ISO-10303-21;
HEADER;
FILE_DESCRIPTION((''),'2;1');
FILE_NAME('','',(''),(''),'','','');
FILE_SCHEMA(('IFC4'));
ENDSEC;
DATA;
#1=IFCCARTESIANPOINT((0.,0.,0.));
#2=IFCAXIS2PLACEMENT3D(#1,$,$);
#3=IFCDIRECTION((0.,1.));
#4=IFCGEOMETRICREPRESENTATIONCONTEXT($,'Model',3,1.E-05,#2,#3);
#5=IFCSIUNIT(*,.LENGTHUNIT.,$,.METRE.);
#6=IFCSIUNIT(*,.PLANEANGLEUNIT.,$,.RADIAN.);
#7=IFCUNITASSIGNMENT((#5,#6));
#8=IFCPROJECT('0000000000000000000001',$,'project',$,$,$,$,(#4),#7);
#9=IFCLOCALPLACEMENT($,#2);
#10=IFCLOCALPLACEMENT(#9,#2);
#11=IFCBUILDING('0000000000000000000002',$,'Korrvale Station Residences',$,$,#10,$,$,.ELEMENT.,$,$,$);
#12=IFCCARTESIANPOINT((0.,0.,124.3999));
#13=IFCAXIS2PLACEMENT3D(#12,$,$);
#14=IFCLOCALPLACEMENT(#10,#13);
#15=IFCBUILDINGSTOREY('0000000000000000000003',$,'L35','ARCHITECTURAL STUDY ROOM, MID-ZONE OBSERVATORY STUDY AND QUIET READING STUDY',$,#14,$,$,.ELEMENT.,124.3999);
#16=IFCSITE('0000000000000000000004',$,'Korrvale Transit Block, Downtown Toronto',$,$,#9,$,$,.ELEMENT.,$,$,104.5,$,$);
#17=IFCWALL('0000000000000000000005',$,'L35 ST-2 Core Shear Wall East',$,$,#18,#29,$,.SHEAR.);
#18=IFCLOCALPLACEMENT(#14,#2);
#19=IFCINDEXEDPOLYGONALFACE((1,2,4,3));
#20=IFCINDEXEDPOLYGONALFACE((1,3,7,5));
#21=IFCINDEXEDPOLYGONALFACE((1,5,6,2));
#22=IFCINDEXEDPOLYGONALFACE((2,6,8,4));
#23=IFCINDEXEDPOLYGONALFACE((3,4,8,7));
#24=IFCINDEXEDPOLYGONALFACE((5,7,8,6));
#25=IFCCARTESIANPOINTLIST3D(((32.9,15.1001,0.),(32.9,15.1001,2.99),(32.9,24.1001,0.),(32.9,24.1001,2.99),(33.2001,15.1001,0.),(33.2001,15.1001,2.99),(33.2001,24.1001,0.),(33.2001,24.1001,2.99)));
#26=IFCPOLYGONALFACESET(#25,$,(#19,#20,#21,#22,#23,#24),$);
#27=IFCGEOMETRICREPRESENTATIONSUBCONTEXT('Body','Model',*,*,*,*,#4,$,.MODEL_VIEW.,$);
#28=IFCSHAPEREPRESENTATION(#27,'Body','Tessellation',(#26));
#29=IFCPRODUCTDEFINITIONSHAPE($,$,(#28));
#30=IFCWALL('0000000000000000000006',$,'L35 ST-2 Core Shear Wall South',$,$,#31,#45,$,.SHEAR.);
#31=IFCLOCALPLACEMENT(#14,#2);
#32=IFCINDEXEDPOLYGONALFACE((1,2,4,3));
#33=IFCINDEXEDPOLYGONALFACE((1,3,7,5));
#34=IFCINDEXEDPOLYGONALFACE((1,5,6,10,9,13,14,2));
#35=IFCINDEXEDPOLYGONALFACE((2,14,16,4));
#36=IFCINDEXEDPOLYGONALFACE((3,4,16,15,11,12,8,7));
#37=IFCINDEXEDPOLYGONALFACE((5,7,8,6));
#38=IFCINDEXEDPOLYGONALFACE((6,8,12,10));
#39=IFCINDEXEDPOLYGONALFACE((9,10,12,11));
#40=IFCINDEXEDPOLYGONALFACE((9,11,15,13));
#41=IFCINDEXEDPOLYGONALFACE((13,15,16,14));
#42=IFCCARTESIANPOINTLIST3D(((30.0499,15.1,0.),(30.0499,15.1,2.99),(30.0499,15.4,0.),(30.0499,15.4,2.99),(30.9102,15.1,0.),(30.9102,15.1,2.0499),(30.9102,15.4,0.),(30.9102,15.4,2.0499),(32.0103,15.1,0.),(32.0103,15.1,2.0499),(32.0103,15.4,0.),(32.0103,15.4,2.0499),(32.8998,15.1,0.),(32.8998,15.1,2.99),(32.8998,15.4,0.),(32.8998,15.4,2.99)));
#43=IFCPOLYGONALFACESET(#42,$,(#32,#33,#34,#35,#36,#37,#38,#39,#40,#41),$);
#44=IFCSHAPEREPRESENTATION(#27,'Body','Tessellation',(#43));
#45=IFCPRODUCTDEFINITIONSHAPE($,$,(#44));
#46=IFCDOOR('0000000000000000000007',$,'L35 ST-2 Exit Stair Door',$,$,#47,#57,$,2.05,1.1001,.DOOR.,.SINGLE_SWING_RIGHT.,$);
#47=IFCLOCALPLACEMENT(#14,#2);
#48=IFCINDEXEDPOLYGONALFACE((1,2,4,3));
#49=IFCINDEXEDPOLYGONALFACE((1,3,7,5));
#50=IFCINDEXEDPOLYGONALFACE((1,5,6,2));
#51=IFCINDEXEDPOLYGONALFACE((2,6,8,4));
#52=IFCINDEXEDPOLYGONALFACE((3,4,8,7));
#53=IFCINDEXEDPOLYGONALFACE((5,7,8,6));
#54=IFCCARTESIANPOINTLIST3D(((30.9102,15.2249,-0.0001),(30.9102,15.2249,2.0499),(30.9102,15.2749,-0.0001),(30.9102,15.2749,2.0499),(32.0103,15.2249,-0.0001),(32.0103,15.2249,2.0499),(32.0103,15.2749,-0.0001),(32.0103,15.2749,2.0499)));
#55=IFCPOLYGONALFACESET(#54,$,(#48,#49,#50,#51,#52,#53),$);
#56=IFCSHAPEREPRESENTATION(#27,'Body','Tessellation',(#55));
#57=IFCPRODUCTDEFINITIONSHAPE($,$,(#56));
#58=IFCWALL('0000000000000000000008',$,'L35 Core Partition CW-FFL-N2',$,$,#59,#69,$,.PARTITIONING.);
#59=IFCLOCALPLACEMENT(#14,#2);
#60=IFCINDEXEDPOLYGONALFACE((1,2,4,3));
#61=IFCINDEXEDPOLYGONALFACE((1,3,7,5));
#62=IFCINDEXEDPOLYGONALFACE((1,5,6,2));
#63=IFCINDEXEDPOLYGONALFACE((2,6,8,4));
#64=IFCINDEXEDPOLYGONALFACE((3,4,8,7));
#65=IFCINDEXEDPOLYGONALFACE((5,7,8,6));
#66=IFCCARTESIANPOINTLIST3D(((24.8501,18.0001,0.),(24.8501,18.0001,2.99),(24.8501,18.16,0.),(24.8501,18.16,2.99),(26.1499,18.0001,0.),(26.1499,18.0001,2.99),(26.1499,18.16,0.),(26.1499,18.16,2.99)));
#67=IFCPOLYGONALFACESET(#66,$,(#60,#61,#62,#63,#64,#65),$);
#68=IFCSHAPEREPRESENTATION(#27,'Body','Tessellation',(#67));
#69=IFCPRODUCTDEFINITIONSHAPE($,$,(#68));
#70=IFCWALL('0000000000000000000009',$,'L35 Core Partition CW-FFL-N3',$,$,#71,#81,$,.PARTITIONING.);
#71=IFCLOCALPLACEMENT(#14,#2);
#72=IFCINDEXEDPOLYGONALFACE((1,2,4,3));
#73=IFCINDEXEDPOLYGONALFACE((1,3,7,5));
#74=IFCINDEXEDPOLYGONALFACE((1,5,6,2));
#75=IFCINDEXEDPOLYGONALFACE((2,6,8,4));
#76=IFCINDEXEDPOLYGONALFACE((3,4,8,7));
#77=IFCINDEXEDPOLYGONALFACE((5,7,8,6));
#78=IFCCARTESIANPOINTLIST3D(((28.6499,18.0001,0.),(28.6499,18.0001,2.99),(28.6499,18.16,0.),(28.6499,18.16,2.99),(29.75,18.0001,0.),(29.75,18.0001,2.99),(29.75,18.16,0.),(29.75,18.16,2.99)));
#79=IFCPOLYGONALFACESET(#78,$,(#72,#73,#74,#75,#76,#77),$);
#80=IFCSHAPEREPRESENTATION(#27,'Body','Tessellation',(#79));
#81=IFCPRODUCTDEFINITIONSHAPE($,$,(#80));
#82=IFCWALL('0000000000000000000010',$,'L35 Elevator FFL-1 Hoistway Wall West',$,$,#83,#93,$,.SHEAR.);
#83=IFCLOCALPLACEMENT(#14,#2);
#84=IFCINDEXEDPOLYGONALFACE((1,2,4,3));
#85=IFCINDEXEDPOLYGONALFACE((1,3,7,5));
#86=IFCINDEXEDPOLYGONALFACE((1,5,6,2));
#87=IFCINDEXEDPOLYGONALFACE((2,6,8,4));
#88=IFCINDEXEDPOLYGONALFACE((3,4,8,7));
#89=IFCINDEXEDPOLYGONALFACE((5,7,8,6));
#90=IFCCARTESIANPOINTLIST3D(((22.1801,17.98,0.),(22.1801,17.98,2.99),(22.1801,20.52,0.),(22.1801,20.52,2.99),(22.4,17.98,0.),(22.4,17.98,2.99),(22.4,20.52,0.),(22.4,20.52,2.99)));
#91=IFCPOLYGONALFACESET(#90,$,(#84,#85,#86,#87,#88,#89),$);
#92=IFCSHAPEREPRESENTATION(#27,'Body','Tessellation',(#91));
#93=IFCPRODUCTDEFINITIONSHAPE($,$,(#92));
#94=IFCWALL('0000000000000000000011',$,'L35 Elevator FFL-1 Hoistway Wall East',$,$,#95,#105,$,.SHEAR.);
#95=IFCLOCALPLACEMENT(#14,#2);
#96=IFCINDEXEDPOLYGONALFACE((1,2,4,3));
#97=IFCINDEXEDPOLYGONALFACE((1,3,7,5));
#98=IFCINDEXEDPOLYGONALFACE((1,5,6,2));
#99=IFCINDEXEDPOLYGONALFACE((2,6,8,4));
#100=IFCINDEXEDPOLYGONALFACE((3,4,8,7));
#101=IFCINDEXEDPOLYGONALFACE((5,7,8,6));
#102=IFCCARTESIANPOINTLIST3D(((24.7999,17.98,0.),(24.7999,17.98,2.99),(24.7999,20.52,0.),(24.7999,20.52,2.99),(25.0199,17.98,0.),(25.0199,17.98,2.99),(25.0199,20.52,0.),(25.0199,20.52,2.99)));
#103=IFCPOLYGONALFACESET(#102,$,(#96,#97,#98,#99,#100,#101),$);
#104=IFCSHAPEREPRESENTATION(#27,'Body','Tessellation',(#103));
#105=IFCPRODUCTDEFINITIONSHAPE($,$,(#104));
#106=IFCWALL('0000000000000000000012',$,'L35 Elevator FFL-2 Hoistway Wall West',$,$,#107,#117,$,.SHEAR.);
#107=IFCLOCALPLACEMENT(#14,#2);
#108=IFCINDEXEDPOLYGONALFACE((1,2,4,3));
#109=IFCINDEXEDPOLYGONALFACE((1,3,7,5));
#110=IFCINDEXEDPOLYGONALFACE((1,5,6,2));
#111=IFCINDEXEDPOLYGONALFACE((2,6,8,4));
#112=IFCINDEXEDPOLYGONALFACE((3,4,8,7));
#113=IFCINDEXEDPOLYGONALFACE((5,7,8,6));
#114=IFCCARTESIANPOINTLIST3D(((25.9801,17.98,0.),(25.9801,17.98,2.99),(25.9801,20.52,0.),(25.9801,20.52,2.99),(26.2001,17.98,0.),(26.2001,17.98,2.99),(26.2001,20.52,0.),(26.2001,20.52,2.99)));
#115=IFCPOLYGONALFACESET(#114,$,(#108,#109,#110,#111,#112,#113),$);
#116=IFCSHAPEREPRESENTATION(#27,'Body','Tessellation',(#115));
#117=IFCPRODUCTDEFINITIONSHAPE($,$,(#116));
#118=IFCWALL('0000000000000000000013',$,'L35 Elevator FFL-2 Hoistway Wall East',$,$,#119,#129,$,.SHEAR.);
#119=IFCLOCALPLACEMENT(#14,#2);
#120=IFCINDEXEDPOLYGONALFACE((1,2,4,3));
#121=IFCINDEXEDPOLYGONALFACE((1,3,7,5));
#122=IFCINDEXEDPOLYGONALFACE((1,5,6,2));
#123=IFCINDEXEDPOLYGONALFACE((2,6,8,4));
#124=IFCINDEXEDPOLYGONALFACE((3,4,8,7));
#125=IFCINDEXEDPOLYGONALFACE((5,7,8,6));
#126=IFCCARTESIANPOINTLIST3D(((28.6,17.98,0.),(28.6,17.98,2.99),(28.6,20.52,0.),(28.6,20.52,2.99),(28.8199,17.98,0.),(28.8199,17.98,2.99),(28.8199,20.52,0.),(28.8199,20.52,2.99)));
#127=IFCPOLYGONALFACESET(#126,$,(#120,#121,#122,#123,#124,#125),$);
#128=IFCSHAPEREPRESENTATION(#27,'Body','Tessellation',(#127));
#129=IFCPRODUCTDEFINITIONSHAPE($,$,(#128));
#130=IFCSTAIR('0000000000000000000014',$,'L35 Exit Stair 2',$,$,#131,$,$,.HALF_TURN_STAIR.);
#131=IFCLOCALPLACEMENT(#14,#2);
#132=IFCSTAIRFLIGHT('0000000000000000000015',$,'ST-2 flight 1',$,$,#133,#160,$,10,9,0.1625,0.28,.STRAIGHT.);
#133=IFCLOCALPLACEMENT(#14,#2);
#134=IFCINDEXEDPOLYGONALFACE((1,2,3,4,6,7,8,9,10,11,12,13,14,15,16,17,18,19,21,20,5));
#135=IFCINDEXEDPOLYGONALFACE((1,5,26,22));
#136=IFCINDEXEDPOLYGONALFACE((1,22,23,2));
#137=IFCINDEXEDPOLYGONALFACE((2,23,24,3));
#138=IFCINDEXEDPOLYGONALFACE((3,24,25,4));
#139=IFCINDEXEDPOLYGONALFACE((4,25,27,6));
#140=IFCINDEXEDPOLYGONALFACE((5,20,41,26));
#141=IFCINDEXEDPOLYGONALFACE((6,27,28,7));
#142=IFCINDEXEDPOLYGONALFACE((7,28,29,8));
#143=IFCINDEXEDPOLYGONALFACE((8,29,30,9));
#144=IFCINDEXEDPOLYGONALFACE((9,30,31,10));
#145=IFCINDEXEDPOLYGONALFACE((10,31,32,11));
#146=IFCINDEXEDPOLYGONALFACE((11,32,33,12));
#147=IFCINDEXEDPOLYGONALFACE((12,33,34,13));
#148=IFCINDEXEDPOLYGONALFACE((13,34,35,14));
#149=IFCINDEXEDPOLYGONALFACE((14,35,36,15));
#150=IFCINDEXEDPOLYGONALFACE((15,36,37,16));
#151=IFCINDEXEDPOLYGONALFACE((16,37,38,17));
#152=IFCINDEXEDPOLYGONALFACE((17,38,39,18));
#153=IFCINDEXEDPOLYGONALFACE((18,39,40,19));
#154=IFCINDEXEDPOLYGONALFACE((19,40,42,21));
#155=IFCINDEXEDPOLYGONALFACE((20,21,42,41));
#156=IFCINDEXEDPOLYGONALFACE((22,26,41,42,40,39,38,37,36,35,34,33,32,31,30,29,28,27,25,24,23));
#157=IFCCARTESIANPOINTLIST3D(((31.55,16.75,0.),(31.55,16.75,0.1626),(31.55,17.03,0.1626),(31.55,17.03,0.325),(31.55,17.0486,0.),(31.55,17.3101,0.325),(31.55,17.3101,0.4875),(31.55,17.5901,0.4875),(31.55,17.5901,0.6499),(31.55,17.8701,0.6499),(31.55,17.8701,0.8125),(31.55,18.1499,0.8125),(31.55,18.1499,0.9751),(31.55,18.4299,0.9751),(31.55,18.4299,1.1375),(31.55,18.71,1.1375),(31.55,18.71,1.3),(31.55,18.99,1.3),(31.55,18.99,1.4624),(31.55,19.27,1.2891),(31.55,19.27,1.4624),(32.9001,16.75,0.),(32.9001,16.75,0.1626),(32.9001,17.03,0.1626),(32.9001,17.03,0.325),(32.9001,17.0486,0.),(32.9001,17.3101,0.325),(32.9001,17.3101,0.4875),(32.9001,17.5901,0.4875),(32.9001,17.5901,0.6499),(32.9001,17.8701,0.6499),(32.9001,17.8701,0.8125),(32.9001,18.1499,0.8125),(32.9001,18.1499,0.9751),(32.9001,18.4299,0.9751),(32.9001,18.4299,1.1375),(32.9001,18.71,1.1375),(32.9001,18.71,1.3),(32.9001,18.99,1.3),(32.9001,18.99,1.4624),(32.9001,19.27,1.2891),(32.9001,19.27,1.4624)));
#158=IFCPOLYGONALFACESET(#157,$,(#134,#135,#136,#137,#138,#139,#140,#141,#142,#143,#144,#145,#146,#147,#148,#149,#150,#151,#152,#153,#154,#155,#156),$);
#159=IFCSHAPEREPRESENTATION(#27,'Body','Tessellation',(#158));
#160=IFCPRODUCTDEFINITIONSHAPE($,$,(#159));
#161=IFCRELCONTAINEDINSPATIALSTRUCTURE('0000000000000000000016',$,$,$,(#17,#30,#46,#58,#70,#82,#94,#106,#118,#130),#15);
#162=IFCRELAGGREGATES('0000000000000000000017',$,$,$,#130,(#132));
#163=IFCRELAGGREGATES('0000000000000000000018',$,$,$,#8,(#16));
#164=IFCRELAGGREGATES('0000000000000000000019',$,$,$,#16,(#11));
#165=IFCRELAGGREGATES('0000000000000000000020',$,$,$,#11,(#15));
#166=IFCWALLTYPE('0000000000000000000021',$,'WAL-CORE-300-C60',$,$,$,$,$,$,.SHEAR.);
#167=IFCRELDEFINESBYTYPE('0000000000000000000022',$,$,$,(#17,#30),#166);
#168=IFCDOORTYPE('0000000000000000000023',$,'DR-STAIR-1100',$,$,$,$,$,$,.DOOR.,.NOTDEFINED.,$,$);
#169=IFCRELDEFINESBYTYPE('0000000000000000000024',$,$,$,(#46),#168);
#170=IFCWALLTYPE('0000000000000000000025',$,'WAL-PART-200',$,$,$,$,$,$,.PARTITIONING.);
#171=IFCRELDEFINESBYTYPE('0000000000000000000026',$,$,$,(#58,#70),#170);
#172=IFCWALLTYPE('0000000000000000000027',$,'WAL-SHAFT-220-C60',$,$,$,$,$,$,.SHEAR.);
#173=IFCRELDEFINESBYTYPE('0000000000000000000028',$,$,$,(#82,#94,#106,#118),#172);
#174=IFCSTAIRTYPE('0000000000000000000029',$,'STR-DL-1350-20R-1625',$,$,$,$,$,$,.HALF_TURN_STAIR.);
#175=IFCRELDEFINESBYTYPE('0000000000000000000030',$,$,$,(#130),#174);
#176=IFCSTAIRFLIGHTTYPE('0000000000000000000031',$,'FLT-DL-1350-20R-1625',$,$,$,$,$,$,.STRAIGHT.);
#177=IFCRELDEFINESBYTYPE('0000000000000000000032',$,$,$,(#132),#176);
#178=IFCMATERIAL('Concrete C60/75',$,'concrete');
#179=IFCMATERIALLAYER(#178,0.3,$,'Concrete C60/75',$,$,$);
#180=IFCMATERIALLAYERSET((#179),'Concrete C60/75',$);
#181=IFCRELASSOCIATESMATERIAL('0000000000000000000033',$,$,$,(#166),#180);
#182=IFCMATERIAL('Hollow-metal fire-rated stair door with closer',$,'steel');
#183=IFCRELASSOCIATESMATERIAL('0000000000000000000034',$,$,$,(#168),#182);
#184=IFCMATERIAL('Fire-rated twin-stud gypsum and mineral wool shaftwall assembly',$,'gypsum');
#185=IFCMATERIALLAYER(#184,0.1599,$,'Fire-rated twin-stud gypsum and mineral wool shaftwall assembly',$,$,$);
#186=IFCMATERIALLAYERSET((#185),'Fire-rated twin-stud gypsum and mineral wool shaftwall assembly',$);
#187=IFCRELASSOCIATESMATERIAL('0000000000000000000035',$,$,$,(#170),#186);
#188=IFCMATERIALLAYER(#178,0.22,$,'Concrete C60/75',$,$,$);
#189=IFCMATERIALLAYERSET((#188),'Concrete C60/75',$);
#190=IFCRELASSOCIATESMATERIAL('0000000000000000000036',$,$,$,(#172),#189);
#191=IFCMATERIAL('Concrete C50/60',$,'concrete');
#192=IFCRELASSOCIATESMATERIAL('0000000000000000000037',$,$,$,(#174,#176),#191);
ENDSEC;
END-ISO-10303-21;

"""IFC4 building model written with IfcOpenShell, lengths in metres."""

from ifc_helpers import new_model, si_unit, direction, frame, frame_2d, origin, place, context, subcontext, project, spatial, polyline, rectangle, outline, extrude, material, layer, layer_set, type_object, element, fill, aggregate, save


model = new_model("IFC4")

# Units and contexts
model_context = context("Model", 3, precision=1e-05, world=origin(), true_north=direction((0.0, 1.0)))
body_context = subcontext(model_context, "Body", "Model", "MODEL_VIEW")
ifc_project = project(units=[si_unit("LENGTHUNIT", "METRE"), si_unit("PLANEANGLEUNIT", "RADIAN")], contexts=[model_context])

# Site, building, storey
site_placement = place(None, origin())
site = spatial("IfcSite", under=ifc_project, at=site_placement, Name="Korrvale Transit Block, Downtown Toronto", CompositionType="ELEMENT", RefElevation=104.5)
building_placement = place(site_placement, origin())
building = spatial("IfcBuilding", under=site, at=building_placement, Name="Korrvale Station Residences", CompositionType="ELEMENT")
storey_placement = place(building_placement, frame((0.0, 0.0, 124.3999)))
storey = spatial("IfcBuildingStorey", under=building, at=storey_placement, Name="L35", Description="ARCHITECTURAL STUDY ROOM, MID-ZONE OBSERVATORY STUDY AND QUIET READING STUDY", CompositionType="ELEMENT", Elevation=124.3999)

# Wall
ifc_material_1 = material(Name="Concrete C60/75", Category="concrete")
ifc_layer_1 = layer(ifc_material_1, 0.3, Name="Concrete C60/75")
ifc_layer_set_1 = layer_set([ifc_layer_1], Name="Concrete C60/75")
wall_type_1 = type_object("IfcWallType", Name="WAL-CORE-300-C60", PredefinedType="SHEAR", material=ifc_layer_set_1)
wall_1_placement = place(storey_placement, frame((33.05, 15.1001, 0.0), z_axis=(0.0, 0.0, 1.0), x_axis=(0.0, 1.0, 0.0)))
element("IfcWall", 1, at=wall_1_placement, inside=storey, type_object=wall_type_1, Name="L35 ST-2 Core Shear Wall East", PredefinedType="SHEAR", context=body_context, shape_type="SweptSolid", body=[
    extrude(rectangle(XDim=9.0, YDim=0.3, at=frame_2d((4.5, 0.0))), origin(), (0.0, 0.0, 1.0), 2.99),
])

# Wall, opening, door
wall_2_placement = place(storey_placement, frame((30.05, 15.25, 0.0), z_axis=(0.0, 0.0, 1.0), x_axis=(1.0, 0.0, 0.0)))
wall_2 = element("IfcWall", 2, at=wall_2_placement, inside=storey, type_object=wall_type_1, Name="L35 ST-2 Core Shear Wall South", PredefinedType="SHEAR", context=body_context, shape_type="SweptSolid", body=[
    extrude(rectangle(XDim=2.8499, YDim=0.3, at=frame_2d((1.4248, 0.0))), origin(), (0.0, 0.0, 1.0), 2.99),
])
opening_1_placement = place(wall_2_placement, frame((0.8601, 0.0, 0.0)))
opening_1 = element("IfcOpeningElement", 3, at=opening_1_placement, cuts=wall_2, PredefinedType="OPENING", context=body_context, shape_type="SweptSolid", body=[
    extrude(rectangle(XDim=1.1001, YDim=2.05, at=frame_2d((0.55, 1.0249))), frame((0.0, 0.1602, 0.0), z_axis=(0.0, -1.0, 0.0), x_axis=(1.0, 0.0, 0.0)), (0.0, 0.0, 1.0), 0.3201),
])
ifc_material_2 = material(Name="Hollow-metal fire-rated stair door with closer", Category="steel")
door_type_1 = type_object("IfcDoorType", Name="DR-STAIR-1100", OperationType="NOTDEFINED", PredefinedType="DOOR", material=ifc_material_2)
door_1_placement = place(opening_1_placement, origin())
door_1 = element("IfcDoor", 4, at=door_1_placement, inside=storey, type_object=door_type_1, Name="L35 ST-2 Exit Stair Door", OperationType="SINGLE_SWING_RIGHT", OverallHeight=2.05, OverallWidth=1.1001, PredefinedType="DOOR", context=body_context, shape_type="SweptSolid", body=[
    extrude(rectangle(XDim=1.1001, YDim=2.05, at=frame_2d((0.55, 1.0249))), frame((0.0, 0.0249, 0.0), z_axis=(0.0, -1.0, 0.0), x_axis=(1.0, 0.0, 0.0)), (0.0, 0.0, 1.0), 0.05),
])
fill(opening_1, door_1)

# Walls
ifc_material_3 = material(Name="Fire-rated twin-stud gypsum and mineral wool shaftwall assembly", Category="gypsum")
ifc_layer_2 = layer(ifc_material_3, 0.1599, Name="Fire-rated twin-stud gypsum and mineral wool shaftwall assembly")
ifc_layer_set_2 = layer_set([ifc_layer_2], Name="Fire-rated twin-stud gypsum and mineral wool shaftwall assembly")
wall_type_2 = type_object("IfcWallType", Name="WAL-PART-200", PredefinedType="PARTITIONING", material=ifc_layer_set_2)
wall_3_placement = place(storey_placement, frame((24.8501, 18.0801, 0.0), z_axis=(0.0, 0.0, 1.0), x_axis=(1.0, 0.0, 0.0)))
element("IfcWall", 5, at=wall_3_placement, inside=storey, type_object=wall_type_2, Name="L35 Core Partition CW-FFL-N2", PredefinedType="PARTITIONING", context=body_context, shape_type="SweptSolid", body=[
    extrude(rectangle(XDim=1.2998, YDim=0.1599, at=frame_2d((0.6499, 0.0))), origin(), (0.0, 0.0, 1.0), 2.99),
])
wall_4_placement = place(storey_placement, frame((28.6499, 18.0801, 0.0), z_axis=(0.0, 0.0, 1.0), x_axis=(1.0, 0.0, 0.0)))
element("IfcWall", 6, at=wall_4_placement, inside=storey, type_object=wall_type_2, Name="L35 Core Partition CW-FFL-N3", PredefinedType="PARTITIONING", context=body_context, shape_type="SweptSolid", body=[
    extrude(rectangle(XDim=1.1001, YDim=0.1599, at=frame_2d((0.55, 0.0))), origin(), (0.0, 0.0, 1.0), 2.99),
])

# Shared definitions
ifc_layer_3 = layer(ifc_material_1, 0.22, Name="Concrete C60/75")
ifc_layer_set_3 = layer_set([ifc_layer_3], Name="Concrete C60/75")
wall_type_3 = type_object("IfcWallType", Name="WAL-SHAFT-220-C60", PredefinedType="SHEAR", material=ifc_layer_set_3)

# Walls
for number, where, z_axis, x_axis, name in (
    (7, (22.29, 17.98, 0.0), (0.0, 0.0, 1.0), (0.0, 1.0, 0.0), "L35 Elevator FFL-1 Hoistway Wall West"),
    (8, (24.9099, 17.98, 0.0), (0.0, 0.0, 1.0), (0.0, 1.0, 0.0), "L35 Elevator FFL-1 Hoistway Wall East"),
):
    element("IfcWall", number, at=place(storey_placement, frame(where, z_axis=z_axis, x_axis=x_axis)), inside=storey, type_object=wall_type_3, Name=name, PredefinedType="SHEAR", context=body_context, shape_type="SweptSolid", body=[
        extrude(rectangle(XDim=2.54, YDim=0.22, at=frame_2d((1.27, 0.0))), origin(), (0.0, 0.0, 1.0), 2.99),
    ])

# Walls
for number, where, z_axis, x_axis, name in (
    (9, (26.0901, 17.98, 0.0), (0.0, 0.0, 1.0), (0.0, 1.0, 0.0), "L35 Elevator FFL-2 Hoistway Wall West"),
    (10, (28.71, 17.98, 0.0), (0.0, 0.0, 1.0), (0.0, 1.0, 0.0), "L35 Elevator FFL-2 Hoistway Wall East"),
):
    element("IfcWall", number, at=place(storey_placement, frame(where, z_axis=z_axis, x_axis=x_axis)), inside=storey, type_object=wall_type_3, Name=name, PredefinedType="SHEAR", context=body_context, shape_type="SweptSolid", body=[
        extrude(rectangle(XDim=2.54, YDim=0.22, at=frame_2d((1.27, 0.0))), origin(), (0.0, 0.0, 1.0), 2.99),
    ])

# Stair, stair flight
ifc_material_4 = material(Name="Concrete C50/60", Category="concrete")
stair_type = type_object("IfcStairType", Name="STR-DL-1350-20R-1625", PredefinedType="HALF_TURN_STAIR", material=ifc_material_4)
stair_placement = place(storey_placement, origin())
stair = element("IfcStair", 11, at=stair_placement, inside=storey, type_object=stair_type, Name="L35 Exit Stair 2", PredefinedType="HALF_TURN_STAIR")
stair_flight_type = type_object("IfcStairFlightType", Name="FLT-DL-1350-20R-1625", PredefinedType="STRAIGHT", material=ifc_material_4)
stair_flight_1_placement = place(storey_placement, frame((32.2251, 16.75, 0.0), z_axis=(0.0, 0.0, 1.0), x_axis=(0.0, 1.0, 0.0)))
stair_flight_1 = element("IfcStairFlight", 12, at=stair_flight_1_placement, type_object=stair_flight_type, Name="ST-2 flight 1", NumberOfRisers=10, NumberOfTreads=9, PredefinedType="STRAIGHT", RiserHeight=0.1625, TreadLength=0.28, context=body_context, shape_type="SweptSolid", body=[
    extrude(outline(polyline([(0.0, 0.0), (0.0, 0.1626), (0.28, 0.1626), (0.28, 0.325), (0.5601, 0.325), (0.5601, 0.4875), (0.8401, 0.4875), (0.8401, 0.6499), (1.1201, 0.6499), (1.1201, 0.8125), (1.3999, 0.8125), (1.3999, 0.9751), (1.6799, 0.9751), (1.6799, 1.1375), (1.96, 1.1375), (1.96, 1.3), (2.24, 1.3), (2.24, 1.4624), (2.52, 1.4624), (2.52, 1.625), (2.52, 1.2891), (0.2986, 0.0), (0.0, 0.0)])), frame((0.0, 0.675, 0.0), z_axis=(0.0, -1.0, 0.0), x_axis=(1.0, 0.0, 0.0)), (0.0, 0.0, 1.0), 1.3501),
])
aggregate(stair, [stair_flight_1])

save(model, "model.ifc")
